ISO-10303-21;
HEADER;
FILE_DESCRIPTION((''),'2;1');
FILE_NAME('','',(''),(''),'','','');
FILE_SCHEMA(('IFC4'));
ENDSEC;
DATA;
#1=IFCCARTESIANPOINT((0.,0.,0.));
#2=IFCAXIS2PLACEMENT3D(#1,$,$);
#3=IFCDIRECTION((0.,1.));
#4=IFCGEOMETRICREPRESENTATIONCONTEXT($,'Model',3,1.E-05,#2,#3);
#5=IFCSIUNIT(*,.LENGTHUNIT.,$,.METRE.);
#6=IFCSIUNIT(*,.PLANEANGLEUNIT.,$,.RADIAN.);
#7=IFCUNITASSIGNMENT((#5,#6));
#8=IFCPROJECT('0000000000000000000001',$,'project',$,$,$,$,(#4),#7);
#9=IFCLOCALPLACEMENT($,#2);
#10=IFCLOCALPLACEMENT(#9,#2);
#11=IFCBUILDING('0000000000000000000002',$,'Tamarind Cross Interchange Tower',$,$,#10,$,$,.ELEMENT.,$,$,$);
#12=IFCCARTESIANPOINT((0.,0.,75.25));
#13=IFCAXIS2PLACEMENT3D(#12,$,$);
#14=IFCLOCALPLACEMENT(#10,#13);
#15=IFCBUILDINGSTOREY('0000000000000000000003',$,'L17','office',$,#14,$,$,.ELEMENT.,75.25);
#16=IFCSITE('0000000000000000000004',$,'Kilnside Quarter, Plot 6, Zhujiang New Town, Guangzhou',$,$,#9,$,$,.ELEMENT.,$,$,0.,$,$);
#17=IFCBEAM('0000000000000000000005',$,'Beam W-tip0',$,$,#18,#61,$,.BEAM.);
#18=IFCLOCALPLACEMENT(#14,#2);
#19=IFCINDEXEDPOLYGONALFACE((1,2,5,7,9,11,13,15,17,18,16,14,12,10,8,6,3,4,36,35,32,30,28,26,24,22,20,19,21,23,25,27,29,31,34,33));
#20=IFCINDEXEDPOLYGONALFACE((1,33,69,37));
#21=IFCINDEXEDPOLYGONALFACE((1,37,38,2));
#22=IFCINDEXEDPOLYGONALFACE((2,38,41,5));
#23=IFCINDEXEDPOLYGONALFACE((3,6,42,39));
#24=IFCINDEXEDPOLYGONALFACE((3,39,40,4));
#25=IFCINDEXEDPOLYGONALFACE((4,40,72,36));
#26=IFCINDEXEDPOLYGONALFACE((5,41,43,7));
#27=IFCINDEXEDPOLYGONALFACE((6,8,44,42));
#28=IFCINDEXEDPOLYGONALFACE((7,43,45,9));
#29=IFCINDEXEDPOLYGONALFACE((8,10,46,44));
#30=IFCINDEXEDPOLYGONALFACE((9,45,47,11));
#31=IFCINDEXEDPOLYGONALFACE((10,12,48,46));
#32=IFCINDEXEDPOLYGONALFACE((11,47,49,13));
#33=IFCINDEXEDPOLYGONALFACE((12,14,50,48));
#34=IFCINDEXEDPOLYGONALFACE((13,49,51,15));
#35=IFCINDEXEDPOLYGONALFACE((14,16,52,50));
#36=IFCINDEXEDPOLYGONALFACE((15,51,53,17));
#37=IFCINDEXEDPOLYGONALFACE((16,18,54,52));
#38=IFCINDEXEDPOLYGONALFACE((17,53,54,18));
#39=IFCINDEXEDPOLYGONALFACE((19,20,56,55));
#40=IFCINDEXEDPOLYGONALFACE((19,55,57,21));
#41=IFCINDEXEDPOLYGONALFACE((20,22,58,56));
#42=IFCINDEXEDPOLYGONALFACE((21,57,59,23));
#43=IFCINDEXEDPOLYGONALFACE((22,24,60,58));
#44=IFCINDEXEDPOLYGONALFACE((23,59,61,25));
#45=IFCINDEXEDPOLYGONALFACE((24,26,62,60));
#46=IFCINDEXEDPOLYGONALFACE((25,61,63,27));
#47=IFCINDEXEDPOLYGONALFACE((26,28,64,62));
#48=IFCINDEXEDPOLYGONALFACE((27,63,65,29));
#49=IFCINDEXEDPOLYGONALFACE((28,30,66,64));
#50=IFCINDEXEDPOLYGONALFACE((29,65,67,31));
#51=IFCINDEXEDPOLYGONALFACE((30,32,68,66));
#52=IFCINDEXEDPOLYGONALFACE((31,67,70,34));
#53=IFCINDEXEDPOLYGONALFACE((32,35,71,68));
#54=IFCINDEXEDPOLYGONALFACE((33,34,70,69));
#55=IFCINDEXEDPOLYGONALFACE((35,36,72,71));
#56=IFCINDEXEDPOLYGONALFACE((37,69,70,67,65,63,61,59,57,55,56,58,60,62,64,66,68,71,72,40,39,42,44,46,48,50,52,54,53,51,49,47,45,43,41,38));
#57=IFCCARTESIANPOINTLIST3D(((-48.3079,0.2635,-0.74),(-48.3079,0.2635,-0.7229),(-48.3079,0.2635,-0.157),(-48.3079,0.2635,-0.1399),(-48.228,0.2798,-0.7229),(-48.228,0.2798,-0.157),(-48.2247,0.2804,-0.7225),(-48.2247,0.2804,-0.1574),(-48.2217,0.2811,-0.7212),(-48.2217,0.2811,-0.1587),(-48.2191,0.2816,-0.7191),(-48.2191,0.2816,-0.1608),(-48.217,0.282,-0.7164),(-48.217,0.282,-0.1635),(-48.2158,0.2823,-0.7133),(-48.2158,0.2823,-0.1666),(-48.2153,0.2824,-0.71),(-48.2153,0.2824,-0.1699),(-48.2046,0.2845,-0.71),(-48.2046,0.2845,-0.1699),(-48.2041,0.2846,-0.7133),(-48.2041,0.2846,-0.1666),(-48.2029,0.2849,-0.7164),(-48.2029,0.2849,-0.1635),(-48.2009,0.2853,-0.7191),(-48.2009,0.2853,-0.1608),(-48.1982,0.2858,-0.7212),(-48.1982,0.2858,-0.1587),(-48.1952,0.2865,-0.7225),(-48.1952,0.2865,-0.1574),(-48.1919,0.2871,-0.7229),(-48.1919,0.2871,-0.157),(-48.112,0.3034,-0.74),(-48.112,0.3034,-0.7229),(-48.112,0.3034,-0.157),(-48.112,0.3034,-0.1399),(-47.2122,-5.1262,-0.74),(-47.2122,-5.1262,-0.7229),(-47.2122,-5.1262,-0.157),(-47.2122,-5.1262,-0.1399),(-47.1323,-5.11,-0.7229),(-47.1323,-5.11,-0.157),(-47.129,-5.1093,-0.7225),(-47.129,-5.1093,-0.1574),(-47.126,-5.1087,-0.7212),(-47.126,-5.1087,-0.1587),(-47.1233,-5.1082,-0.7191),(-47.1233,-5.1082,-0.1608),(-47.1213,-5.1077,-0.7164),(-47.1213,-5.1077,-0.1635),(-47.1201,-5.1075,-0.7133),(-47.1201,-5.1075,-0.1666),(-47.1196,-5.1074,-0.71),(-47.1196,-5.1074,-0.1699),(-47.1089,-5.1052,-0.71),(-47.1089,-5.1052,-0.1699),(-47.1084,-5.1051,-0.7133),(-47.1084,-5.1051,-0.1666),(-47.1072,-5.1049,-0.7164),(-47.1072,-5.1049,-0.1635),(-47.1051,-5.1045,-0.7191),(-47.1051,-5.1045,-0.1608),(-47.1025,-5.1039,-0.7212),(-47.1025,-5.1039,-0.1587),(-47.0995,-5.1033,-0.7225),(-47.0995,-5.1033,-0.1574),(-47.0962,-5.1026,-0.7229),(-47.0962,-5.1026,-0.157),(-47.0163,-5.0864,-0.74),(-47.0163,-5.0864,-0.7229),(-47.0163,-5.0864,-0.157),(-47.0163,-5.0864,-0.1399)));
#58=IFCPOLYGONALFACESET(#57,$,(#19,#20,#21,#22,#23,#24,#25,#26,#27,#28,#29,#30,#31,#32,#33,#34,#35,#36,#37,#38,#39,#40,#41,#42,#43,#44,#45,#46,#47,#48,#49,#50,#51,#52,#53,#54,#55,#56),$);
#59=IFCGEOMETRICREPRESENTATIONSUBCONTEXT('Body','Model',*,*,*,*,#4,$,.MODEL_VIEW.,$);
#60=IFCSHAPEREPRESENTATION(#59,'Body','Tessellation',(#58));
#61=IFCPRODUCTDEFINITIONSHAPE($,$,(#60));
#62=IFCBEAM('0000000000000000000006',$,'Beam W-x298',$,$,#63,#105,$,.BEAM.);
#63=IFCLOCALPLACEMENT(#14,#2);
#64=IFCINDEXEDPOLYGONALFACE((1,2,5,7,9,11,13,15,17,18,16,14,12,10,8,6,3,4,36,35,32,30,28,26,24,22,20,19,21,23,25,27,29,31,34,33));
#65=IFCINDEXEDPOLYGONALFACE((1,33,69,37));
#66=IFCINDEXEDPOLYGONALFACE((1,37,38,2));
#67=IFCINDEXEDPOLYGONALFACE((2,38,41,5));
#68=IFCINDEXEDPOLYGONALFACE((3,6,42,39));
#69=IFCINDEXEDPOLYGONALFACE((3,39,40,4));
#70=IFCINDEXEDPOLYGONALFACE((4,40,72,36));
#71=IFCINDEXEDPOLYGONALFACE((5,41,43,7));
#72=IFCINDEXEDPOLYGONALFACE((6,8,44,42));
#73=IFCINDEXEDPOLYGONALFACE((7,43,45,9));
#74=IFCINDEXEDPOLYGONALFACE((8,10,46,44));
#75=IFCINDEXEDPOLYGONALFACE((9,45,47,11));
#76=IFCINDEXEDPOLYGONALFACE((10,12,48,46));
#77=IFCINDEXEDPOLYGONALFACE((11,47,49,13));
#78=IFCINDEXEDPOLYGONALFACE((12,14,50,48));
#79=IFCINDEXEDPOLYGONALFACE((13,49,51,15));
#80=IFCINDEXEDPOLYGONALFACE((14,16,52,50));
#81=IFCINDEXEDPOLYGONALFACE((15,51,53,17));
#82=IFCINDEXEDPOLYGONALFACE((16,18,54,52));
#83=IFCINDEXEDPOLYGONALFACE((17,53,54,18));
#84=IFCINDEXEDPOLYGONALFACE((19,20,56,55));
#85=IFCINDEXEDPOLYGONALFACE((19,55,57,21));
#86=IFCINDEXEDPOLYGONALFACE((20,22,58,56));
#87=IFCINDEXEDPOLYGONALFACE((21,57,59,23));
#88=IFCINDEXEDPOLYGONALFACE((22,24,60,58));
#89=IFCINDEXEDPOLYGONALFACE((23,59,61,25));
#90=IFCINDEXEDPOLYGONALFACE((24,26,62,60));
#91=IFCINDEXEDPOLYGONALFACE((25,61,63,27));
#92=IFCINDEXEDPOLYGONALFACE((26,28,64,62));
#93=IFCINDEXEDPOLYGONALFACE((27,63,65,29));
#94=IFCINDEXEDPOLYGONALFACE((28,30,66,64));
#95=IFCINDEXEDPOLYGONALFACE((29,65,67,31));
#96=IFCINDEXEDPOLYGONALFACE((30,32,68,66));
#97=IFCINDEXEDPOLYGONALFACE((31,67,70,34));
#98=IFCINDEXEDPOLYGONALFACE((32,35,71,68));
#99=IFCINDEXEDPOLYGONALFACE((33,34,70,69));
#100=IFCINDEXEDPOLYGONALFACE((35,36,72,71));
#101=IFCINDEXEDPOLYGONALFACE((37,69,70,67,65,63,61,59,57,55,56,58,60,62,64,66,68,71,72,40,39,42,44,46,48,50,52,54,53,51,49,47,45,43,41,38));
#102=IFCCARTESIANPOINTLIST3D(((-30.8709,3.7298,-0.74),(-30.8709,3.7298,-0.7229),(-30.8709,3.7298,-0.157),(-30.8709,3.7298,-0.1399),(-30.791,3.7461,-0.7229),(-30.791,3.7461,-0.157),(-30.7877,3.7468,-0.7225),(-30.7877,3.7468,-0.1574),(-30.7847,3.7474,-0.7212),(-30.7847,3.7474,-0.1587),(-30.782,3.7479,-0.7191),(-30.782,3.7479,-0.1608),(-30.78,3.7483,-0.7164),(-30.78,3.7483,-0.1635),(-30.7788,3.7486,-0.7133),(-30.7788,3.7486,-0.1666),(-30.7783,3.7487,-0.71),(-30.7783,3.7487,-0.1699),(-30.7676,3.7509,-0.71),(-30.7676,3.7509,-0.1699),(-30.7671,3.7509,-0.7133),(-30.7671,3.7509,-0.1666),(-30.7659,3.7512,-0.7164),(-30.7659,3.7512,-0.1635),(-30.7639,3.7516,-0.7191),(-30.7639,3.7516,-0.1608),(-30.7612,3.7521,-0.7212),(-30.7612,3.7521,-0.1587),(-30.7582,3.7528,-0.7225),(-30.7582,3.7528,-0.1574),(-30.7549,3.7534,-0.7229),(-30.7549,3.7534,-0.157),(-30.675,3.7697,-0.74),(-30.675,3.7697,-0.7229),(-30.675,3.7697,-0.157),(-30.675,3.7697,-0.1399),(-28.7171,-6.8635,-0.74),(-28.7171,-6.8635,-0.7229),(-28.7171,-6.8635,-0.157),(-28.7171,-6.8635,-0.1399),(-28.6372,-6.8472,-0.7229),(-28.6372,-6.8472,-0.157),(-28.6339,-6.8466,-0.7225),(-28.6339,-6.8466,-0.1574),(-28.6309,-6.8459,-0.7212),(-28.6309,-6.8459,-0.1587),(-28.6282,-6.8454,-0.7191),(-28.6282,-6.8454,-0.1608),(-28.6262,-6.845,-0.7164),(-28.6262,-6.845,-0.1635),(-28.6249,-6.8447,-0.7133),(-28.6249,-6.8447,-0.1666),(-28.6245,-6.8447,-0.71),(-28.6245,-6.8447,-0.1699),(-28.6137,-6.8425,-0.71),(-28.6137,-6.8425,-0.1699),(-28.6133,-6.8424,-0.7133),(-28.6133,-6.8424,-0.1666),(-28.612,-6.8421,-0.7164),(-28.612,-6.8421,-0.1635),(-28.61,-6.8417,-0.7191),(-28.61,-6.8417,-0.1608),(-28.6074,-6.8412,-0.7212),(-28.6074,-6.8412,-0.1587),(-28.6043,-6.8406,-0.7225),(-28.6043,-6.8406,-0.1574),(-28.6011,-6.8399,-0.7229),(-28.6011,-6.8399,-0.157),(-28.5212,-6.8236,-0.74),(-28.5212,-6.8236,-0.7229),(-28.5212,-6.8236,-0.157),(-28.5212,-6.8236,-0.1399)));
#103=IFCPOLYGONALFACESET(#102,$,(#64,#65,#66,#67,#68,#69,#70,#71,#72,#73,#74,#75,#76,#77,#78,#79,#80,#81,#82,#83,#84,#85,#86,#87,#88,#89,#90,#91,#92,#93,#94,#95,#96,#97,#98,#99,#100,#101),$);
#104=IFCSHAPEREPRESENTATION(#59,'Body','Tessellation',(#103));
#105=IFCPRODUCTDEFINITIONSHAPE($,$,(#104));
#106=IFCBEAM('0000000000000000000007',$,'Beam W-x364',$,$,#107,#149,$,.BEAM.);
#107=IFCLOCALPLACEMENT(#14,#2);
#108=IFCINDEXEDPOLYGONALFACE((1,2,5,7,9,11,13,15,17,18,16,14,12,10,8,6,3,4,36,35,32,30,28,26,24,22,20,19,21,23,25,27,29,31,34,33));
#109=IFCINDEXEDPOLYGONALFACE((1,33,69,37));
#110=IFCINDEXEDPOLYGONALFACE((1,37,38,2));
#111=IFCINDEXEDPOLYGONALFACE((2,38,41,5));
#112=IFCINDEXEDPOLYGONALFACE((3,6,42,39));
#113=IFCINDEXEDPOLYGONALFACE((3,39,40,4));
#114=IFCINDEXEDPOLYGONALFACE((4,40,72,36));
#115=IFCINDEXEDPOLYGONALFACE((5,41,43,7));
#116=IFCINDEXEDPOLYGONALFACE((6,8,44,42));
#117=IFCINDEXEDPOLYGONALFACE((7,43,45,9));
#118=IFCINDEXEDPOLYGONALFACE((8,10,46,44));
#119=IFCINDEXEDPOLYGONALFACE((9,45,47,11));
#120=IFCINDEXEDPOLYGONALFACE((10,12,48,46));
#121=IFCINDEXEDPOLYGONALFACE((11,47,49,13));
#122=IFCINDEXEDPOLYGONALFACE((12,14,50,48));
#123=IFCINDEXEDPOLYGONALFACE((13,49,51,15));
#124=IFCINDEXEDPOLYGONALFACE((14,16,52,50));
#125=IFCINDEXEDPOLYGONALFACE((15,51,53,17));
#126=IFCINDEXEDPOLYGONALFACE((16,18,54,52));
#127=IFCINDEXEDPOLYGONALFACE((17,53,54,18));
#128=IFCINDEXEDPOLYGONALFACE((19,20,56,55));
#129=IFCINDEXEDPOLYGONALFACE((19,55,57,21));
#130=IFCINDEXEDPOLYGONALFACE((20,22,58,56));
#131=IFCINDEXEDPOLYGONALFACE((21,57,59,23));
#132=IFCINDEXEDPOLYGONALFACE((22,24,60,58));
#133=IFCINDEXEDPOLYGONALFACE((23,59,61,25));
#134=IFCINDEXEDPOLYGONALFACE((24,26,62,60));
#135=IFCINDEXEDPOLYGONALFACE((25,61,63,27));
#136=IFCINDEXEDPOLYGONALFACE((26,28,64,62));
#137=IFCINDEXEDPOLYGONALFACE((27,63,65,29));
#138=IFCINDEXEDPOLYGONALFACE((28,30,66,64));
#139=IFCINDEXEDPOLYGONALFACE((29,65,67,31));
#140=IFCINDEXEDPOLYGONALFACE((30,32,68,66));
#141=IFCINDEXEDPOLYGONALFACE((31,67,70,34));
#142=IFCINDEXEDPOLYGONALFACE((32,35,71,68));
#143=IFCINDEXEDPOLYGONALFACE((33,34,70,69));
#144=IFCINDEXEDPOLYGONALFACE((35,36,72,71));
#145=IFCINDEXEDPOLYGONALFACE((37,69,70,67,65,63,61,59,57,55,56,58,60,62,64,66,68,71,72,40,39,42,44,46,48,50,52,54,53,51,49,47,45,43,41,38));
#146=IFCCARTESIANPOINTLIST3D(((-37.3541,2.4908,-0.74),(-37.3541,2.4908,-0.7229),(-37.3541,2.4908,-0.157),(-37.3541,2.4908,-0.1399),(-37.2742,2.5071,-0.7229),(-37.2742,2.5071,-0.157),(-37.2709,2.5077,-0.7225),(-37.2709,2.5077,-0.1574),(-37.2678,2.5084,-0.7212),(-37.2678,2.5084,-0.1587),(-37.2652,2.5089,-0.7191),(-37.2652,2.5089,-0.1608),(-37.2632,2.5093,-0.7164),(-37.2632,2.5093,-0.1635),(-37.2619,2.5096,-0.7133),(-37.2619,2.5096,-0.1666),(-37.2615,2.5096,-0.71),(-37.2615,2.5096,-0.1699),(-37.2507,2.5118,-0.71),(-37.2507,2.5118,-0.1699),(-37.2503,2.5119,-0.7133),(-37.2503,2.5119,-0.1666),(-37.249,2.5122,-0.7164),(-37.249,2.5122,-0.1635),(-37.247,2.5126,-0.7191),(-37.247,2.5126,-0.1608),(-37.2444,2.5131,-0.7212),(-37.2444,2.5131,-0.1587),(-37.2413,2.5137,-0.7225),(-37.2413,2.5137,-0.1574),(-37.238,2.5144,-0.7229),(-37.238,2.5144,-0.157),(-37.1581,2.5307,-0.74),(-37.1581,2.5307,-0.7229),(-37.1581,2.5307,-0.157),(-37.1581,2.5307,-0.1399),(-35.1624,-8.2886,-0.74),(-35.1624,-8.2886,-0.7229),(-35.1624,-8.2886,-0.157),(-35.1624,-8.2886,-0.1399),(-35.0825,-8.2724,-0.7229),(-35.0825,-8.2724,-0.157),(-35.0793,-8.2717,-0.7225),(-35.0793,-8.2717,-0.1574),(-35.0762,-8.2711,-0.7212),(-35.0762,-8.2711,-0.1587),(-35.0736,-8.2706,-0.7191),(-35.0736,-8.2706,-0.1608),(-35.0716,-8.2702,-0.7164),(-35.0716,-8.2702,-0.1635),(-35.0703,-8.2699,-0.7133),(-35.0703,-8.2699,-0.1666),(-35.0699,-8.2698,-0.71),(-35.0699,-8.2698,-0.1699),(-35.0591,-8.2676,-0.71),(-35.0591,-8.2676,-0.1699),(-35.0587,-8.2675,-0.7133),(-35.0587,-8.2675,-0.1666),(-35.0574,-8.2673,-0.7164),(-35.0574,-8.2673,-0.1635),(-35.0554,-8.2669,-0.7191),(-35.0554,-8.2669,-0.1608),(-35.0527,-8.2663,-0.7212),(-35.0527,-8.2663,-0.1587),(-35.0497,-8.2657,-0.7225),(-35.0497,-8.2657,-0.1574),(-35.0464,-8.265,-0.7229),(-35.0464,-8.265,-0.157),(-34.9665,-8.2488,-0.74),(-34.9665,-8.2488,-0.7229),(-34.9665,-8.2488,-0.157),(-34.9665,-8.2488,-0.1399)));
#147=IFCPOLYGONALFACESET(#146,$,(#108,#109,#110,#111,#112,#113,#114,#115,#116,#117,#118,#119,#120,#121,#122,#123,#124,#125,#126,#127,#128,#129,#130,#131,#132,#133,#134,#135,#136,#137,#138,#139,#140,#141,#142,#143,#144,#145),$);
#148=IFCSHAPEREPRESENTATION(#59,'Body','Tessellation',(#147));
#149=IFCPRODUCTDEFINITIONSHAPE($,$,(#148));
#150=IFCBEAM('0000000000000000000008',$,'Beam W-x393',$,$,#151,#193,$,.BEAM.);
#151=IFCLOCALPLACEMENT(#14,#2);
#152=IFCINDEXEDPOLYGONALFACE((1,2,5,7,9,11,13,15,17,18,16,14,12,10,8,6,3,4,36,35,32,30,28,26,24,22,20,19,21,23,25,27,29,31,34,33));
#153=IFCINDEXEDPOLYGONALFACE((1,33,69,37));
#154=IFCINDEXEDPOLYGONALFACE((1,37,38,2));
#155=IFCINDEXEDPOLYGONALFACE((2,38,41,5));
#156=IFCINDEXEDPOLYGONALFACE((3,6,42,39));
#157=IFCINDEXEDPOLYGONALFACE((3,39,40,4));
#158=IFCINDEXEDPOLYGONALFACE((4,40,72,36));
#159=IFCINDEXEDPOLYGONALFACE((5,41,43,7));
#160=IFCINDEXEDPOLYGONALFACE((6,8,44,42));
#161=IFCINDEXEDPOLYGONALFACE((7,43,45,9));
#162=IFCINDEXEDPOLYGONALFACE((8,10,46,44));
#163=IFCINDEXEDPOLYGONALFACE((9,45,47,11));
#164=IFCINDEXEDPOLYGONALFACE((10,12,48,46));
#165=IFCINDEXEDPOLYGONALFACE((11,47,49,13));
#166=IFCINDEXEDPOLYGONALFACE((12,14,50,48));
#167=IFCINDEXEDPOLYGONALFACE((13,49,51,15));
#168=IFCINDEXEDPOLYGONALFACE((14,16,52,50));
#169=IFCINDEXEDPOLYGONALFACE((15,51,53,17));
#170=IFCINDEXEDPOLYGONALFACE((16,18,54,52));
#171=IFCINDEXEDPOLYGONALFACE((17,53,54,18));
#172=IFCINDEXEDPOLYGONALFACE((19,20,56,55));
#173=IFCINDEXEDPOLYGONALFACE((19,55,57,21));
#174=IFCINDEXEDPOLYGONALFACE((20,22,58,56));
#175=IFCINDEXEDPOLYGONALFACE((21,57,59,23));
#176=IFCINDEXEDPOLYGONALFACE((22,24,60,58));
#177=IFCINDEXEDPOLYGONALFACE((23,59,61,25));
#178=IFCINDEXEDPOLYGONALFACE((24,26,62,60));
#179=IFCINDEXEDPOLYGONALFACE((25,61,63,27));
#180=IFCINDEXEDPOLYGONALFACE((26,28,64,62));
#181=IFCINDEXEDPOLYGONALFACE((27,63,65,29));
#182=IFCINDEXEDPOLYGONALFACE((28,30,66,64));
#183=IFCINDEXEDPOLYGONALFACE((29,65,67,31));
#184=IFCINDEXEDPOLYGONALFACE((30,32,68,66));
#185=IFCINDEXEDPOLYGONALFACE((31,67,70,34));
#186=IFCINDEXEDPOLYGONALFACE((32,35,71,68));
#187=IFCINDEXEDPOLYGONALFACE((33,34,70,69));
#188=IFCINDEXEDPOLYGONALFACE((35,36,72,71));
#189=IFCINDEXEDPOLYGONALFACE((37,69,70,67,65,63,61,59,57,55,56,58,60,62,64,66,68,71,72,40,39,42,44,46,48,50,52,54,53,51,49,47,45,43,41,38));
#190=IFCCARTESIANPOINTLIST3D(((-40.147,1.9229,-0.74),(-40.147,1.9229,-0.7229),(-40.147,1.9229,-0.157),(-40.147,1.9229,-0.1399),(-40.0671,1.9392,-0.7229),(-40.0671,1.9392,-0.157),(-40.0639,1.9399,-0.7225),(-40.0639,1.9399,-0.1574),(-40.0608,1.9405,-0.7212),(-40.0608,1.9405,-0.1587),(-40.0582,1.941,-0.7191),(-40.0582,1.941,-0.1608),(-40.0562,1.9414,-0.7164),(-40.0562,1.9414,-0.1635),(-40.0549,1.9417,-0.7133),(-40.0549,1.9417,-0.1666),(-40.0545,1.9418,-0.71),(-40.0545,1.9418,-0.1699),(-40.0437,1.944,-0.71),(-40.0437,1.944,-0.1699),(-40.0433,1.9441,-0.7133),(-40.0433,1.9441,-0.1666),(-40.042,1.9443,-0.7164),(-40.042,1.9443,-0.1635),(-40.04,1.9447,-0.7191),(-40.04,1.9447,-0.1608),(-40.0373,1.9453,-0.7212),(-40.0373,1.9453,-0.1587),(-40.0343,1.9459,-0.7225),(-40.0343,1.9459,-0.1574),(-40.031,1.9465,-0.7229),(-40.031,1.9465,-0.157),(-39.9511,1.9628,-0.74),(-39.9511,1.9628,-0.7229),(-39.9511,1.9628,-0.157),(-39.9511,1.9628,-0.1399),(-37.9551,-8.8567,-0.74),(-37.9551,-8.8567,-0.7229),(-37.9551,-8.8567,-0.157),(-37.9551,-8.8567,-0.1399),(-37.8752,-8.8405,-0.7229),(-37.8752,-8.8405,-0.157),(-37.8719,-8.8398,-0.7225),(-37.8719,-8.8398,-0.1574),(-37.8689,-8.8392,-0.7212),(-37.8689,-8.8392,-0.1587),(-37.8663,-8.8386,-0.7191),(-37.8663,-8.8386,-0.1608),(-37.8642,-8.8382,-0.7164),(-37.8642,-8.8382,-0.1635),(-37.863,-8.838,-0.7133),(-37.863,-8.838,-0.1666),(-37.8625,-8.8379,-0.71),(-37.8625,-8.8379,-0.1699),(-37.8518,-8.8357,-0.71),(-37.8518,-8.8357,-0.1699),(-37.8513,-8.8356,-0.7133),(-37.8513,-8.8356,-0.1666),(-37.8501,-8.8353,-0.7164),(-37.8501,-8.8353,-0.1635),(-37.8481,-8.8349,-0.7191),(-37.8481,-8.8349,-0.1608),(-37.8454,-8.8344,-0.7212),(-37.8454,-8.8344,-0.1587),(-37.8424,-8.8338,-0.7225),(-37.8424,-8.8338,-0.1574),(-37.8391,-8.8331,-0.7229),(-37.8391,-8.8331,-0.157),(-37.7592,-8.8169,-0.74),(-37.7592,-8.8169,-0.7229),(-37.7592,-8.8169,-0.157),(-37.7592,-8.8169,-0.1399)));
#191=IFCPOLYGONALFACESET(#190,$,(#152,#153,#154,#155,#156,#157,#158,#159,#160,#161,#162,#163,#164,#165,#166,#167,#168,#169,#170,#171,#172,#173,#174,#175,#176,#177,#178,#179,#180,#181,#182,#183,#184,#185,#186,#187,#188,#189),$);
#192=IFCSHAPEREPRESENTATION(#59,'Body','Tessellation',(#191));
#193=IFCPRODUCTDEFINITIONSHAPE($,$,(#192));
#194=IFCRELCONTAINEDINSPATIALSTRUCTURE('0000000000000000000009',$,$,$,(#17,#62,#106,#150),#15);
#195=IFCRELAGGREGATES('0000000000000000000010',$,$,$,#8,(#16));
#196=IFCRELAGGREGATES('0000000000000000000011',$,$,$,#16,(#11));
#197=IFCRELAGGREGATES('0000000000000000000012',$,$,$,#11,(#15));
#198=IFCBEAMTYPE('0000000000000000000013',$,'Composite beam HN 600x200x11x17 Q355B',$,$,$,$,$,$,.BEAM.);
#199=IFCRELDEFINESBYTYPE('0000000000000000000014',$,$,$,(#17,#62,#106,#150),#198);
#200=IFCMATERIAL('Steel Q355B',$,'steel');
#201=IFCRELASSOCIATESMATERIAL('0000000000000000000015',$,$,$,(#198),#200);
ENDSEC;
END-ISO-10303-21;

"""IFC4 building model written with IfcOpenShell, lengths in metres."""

from ifc_helpers import new_model, si_unit, direction, frame, origin, origin_2d, place, context, subcontext, project, spatial, i_section, extrude, material, material_profile, profile_set, type_object, element, save


model = new_model("IFC4")

# Units and contexts
model_context = context("Model", 3, precision=1e-05, world=origin(), true_north=direction((0.0, 1.0)))
body_context = subcontext(model_context, "Body", "Model", "MODEL_VIEW")
ifc_project = project(units=[si_unit("LENGTHUNIT", "METRE"), si_unit("PLANEANGLEUNIT", "RADIAN")], contexts=[model_context])

# Site, building, storey
site_placement = place(None, origin())
site = spatial("IfcSite", under=ifc_project, at=site_placement, Name="Kilnside Quarter, Plot 6, Zhujiang New Town, Guangzhou", CompositionType="ELEMENT", RefElevation=0.0)
building_placement = place(site_placement, origin())
building = spatial("IfcBuilding", under=site, at=building_placement, Name="Tamarind Cross Interchange Tower", CompositionType="ELEMENT")
storey_placement = place(building_placement, frame((0.0, 0.0, 75.25)))
storey = spatial("IfcBuildingStorey", under=building, at=storey_placement, Name="L17", Description="office", CompositionType="ELEMENT", Elevation=75.25)

# Beams
ifc_material_1 = material(Name="Steel Q355B", Category="steel")
ifc_material_profile_1 = material_profile(ifc_material_1, i_section(OverallWidth=0.2, OverallDepth=0.6001, WebThickness=0.011, FlangeThickness=0.0171, FilletRadius=0.0129, at=origin_2d()), Name="HN 600x200x11x17")
ifc_profile_set_1 = profile_set([ifc_material_profile_1], Name="Steel Q355B")
beam_type_1 = type_object("IfcBeamType", Name="Composite beam HN 600x200x11x17 Q355B", PredefinedType="BEAM", material=ifc_profile_set_1)
beam_1_placement = place(storey_placement, frame((-48.21, 0.2834, -0.4399), z_axis=(0.199222, -0.979954, 0.0), x_axis=(0.979954, 0.199222, 0.0)))
element("IfcBeam", 1, at=beam_1_placement, inside=storey, type_object=beam_type_1, Name="Beam W-tip0", PredefinedType="BEAM", context=body_context, shape_type="SweptSolid", body=[
    extrude(i_section(OverallWidth=0.2, OverallDepth=0.6001, WebThickness=0.011, FlangeThickness=0.0171, FilletRadius=0.0129, at=origin_2d()), origin(), (0.0, 0.0, 1.0), 5.5),
])
beam_2_placement = place(storey_placement, frame((-30.7729, 3.7498, -0.4399), z_axis=(0.199242, -0.97995, 0.0), x_axis=(0.97995, 0.199242, 0.0)))
element("IfcBeam", 2, at=beam_2_placement, inside=storey, type_object=beam_type_1, Name="Beam W-x298", PredefinedType="BEAM", context=body_context, shape_type="SweptSolid", body=[
    extrude(i_section(OverallWidth=0.2, OverallDepth=0.6001, WebThickness=0.011, FlangeThickness=0.0171, FilletRadius=0.0129, at=origin_2d()), origin(), (0.0, 0.0, 1.0), 10.8101),
])
beam_3_placement = place(storey_placement, frame((-37.2561, 2.5107, -0.4399), z_axis=(0.199239, -0.979951, 0.0), x_axis=(0.979951, 0.199239, 0.0)))
element("IfcBeam", 3, at=beam_3_placement, inside=storey, type_object=beam_type_1, Name="Beam W-x364", PredefinedType="BEAM", context=body_context, shape_type="SweptSolid", body=[
    extrude(i_section(OverallWidth=0.2, OverallDepth=0.6001, WebThickness=0.011, FlangeThickness=0.0171, FilletRadius=0.0129, at=origin_2d()), origin(), (0.0, 0.0, 1.0), 11.0),
])
beam_4_placement = place(storey_placement, frame((-40.0491, 1.9429, -0.4399), z_axis=(0.199261, -0.979947, 0.0), x_axis=(0.979947, 0.199261, 0.0)))
element("IfcBeam", 4, at=beam_4_placement, inside=storey, type_object=beam_type_1, Name="Beam W-x393", PredefinedType="BEAM", context=body_context, shape_type="SweptSolid", body=[
    extrude(i_section(OverallWidth=0.2, OverallDepth=0.6001, WebThickness=0.011, FlangeThickness=0.0171, FilletRadius=0.0129, at=origin_2d()), origin(), (0.0, 0.0, 1.0), 11.0002),
])

save(model, "model.ifc")
